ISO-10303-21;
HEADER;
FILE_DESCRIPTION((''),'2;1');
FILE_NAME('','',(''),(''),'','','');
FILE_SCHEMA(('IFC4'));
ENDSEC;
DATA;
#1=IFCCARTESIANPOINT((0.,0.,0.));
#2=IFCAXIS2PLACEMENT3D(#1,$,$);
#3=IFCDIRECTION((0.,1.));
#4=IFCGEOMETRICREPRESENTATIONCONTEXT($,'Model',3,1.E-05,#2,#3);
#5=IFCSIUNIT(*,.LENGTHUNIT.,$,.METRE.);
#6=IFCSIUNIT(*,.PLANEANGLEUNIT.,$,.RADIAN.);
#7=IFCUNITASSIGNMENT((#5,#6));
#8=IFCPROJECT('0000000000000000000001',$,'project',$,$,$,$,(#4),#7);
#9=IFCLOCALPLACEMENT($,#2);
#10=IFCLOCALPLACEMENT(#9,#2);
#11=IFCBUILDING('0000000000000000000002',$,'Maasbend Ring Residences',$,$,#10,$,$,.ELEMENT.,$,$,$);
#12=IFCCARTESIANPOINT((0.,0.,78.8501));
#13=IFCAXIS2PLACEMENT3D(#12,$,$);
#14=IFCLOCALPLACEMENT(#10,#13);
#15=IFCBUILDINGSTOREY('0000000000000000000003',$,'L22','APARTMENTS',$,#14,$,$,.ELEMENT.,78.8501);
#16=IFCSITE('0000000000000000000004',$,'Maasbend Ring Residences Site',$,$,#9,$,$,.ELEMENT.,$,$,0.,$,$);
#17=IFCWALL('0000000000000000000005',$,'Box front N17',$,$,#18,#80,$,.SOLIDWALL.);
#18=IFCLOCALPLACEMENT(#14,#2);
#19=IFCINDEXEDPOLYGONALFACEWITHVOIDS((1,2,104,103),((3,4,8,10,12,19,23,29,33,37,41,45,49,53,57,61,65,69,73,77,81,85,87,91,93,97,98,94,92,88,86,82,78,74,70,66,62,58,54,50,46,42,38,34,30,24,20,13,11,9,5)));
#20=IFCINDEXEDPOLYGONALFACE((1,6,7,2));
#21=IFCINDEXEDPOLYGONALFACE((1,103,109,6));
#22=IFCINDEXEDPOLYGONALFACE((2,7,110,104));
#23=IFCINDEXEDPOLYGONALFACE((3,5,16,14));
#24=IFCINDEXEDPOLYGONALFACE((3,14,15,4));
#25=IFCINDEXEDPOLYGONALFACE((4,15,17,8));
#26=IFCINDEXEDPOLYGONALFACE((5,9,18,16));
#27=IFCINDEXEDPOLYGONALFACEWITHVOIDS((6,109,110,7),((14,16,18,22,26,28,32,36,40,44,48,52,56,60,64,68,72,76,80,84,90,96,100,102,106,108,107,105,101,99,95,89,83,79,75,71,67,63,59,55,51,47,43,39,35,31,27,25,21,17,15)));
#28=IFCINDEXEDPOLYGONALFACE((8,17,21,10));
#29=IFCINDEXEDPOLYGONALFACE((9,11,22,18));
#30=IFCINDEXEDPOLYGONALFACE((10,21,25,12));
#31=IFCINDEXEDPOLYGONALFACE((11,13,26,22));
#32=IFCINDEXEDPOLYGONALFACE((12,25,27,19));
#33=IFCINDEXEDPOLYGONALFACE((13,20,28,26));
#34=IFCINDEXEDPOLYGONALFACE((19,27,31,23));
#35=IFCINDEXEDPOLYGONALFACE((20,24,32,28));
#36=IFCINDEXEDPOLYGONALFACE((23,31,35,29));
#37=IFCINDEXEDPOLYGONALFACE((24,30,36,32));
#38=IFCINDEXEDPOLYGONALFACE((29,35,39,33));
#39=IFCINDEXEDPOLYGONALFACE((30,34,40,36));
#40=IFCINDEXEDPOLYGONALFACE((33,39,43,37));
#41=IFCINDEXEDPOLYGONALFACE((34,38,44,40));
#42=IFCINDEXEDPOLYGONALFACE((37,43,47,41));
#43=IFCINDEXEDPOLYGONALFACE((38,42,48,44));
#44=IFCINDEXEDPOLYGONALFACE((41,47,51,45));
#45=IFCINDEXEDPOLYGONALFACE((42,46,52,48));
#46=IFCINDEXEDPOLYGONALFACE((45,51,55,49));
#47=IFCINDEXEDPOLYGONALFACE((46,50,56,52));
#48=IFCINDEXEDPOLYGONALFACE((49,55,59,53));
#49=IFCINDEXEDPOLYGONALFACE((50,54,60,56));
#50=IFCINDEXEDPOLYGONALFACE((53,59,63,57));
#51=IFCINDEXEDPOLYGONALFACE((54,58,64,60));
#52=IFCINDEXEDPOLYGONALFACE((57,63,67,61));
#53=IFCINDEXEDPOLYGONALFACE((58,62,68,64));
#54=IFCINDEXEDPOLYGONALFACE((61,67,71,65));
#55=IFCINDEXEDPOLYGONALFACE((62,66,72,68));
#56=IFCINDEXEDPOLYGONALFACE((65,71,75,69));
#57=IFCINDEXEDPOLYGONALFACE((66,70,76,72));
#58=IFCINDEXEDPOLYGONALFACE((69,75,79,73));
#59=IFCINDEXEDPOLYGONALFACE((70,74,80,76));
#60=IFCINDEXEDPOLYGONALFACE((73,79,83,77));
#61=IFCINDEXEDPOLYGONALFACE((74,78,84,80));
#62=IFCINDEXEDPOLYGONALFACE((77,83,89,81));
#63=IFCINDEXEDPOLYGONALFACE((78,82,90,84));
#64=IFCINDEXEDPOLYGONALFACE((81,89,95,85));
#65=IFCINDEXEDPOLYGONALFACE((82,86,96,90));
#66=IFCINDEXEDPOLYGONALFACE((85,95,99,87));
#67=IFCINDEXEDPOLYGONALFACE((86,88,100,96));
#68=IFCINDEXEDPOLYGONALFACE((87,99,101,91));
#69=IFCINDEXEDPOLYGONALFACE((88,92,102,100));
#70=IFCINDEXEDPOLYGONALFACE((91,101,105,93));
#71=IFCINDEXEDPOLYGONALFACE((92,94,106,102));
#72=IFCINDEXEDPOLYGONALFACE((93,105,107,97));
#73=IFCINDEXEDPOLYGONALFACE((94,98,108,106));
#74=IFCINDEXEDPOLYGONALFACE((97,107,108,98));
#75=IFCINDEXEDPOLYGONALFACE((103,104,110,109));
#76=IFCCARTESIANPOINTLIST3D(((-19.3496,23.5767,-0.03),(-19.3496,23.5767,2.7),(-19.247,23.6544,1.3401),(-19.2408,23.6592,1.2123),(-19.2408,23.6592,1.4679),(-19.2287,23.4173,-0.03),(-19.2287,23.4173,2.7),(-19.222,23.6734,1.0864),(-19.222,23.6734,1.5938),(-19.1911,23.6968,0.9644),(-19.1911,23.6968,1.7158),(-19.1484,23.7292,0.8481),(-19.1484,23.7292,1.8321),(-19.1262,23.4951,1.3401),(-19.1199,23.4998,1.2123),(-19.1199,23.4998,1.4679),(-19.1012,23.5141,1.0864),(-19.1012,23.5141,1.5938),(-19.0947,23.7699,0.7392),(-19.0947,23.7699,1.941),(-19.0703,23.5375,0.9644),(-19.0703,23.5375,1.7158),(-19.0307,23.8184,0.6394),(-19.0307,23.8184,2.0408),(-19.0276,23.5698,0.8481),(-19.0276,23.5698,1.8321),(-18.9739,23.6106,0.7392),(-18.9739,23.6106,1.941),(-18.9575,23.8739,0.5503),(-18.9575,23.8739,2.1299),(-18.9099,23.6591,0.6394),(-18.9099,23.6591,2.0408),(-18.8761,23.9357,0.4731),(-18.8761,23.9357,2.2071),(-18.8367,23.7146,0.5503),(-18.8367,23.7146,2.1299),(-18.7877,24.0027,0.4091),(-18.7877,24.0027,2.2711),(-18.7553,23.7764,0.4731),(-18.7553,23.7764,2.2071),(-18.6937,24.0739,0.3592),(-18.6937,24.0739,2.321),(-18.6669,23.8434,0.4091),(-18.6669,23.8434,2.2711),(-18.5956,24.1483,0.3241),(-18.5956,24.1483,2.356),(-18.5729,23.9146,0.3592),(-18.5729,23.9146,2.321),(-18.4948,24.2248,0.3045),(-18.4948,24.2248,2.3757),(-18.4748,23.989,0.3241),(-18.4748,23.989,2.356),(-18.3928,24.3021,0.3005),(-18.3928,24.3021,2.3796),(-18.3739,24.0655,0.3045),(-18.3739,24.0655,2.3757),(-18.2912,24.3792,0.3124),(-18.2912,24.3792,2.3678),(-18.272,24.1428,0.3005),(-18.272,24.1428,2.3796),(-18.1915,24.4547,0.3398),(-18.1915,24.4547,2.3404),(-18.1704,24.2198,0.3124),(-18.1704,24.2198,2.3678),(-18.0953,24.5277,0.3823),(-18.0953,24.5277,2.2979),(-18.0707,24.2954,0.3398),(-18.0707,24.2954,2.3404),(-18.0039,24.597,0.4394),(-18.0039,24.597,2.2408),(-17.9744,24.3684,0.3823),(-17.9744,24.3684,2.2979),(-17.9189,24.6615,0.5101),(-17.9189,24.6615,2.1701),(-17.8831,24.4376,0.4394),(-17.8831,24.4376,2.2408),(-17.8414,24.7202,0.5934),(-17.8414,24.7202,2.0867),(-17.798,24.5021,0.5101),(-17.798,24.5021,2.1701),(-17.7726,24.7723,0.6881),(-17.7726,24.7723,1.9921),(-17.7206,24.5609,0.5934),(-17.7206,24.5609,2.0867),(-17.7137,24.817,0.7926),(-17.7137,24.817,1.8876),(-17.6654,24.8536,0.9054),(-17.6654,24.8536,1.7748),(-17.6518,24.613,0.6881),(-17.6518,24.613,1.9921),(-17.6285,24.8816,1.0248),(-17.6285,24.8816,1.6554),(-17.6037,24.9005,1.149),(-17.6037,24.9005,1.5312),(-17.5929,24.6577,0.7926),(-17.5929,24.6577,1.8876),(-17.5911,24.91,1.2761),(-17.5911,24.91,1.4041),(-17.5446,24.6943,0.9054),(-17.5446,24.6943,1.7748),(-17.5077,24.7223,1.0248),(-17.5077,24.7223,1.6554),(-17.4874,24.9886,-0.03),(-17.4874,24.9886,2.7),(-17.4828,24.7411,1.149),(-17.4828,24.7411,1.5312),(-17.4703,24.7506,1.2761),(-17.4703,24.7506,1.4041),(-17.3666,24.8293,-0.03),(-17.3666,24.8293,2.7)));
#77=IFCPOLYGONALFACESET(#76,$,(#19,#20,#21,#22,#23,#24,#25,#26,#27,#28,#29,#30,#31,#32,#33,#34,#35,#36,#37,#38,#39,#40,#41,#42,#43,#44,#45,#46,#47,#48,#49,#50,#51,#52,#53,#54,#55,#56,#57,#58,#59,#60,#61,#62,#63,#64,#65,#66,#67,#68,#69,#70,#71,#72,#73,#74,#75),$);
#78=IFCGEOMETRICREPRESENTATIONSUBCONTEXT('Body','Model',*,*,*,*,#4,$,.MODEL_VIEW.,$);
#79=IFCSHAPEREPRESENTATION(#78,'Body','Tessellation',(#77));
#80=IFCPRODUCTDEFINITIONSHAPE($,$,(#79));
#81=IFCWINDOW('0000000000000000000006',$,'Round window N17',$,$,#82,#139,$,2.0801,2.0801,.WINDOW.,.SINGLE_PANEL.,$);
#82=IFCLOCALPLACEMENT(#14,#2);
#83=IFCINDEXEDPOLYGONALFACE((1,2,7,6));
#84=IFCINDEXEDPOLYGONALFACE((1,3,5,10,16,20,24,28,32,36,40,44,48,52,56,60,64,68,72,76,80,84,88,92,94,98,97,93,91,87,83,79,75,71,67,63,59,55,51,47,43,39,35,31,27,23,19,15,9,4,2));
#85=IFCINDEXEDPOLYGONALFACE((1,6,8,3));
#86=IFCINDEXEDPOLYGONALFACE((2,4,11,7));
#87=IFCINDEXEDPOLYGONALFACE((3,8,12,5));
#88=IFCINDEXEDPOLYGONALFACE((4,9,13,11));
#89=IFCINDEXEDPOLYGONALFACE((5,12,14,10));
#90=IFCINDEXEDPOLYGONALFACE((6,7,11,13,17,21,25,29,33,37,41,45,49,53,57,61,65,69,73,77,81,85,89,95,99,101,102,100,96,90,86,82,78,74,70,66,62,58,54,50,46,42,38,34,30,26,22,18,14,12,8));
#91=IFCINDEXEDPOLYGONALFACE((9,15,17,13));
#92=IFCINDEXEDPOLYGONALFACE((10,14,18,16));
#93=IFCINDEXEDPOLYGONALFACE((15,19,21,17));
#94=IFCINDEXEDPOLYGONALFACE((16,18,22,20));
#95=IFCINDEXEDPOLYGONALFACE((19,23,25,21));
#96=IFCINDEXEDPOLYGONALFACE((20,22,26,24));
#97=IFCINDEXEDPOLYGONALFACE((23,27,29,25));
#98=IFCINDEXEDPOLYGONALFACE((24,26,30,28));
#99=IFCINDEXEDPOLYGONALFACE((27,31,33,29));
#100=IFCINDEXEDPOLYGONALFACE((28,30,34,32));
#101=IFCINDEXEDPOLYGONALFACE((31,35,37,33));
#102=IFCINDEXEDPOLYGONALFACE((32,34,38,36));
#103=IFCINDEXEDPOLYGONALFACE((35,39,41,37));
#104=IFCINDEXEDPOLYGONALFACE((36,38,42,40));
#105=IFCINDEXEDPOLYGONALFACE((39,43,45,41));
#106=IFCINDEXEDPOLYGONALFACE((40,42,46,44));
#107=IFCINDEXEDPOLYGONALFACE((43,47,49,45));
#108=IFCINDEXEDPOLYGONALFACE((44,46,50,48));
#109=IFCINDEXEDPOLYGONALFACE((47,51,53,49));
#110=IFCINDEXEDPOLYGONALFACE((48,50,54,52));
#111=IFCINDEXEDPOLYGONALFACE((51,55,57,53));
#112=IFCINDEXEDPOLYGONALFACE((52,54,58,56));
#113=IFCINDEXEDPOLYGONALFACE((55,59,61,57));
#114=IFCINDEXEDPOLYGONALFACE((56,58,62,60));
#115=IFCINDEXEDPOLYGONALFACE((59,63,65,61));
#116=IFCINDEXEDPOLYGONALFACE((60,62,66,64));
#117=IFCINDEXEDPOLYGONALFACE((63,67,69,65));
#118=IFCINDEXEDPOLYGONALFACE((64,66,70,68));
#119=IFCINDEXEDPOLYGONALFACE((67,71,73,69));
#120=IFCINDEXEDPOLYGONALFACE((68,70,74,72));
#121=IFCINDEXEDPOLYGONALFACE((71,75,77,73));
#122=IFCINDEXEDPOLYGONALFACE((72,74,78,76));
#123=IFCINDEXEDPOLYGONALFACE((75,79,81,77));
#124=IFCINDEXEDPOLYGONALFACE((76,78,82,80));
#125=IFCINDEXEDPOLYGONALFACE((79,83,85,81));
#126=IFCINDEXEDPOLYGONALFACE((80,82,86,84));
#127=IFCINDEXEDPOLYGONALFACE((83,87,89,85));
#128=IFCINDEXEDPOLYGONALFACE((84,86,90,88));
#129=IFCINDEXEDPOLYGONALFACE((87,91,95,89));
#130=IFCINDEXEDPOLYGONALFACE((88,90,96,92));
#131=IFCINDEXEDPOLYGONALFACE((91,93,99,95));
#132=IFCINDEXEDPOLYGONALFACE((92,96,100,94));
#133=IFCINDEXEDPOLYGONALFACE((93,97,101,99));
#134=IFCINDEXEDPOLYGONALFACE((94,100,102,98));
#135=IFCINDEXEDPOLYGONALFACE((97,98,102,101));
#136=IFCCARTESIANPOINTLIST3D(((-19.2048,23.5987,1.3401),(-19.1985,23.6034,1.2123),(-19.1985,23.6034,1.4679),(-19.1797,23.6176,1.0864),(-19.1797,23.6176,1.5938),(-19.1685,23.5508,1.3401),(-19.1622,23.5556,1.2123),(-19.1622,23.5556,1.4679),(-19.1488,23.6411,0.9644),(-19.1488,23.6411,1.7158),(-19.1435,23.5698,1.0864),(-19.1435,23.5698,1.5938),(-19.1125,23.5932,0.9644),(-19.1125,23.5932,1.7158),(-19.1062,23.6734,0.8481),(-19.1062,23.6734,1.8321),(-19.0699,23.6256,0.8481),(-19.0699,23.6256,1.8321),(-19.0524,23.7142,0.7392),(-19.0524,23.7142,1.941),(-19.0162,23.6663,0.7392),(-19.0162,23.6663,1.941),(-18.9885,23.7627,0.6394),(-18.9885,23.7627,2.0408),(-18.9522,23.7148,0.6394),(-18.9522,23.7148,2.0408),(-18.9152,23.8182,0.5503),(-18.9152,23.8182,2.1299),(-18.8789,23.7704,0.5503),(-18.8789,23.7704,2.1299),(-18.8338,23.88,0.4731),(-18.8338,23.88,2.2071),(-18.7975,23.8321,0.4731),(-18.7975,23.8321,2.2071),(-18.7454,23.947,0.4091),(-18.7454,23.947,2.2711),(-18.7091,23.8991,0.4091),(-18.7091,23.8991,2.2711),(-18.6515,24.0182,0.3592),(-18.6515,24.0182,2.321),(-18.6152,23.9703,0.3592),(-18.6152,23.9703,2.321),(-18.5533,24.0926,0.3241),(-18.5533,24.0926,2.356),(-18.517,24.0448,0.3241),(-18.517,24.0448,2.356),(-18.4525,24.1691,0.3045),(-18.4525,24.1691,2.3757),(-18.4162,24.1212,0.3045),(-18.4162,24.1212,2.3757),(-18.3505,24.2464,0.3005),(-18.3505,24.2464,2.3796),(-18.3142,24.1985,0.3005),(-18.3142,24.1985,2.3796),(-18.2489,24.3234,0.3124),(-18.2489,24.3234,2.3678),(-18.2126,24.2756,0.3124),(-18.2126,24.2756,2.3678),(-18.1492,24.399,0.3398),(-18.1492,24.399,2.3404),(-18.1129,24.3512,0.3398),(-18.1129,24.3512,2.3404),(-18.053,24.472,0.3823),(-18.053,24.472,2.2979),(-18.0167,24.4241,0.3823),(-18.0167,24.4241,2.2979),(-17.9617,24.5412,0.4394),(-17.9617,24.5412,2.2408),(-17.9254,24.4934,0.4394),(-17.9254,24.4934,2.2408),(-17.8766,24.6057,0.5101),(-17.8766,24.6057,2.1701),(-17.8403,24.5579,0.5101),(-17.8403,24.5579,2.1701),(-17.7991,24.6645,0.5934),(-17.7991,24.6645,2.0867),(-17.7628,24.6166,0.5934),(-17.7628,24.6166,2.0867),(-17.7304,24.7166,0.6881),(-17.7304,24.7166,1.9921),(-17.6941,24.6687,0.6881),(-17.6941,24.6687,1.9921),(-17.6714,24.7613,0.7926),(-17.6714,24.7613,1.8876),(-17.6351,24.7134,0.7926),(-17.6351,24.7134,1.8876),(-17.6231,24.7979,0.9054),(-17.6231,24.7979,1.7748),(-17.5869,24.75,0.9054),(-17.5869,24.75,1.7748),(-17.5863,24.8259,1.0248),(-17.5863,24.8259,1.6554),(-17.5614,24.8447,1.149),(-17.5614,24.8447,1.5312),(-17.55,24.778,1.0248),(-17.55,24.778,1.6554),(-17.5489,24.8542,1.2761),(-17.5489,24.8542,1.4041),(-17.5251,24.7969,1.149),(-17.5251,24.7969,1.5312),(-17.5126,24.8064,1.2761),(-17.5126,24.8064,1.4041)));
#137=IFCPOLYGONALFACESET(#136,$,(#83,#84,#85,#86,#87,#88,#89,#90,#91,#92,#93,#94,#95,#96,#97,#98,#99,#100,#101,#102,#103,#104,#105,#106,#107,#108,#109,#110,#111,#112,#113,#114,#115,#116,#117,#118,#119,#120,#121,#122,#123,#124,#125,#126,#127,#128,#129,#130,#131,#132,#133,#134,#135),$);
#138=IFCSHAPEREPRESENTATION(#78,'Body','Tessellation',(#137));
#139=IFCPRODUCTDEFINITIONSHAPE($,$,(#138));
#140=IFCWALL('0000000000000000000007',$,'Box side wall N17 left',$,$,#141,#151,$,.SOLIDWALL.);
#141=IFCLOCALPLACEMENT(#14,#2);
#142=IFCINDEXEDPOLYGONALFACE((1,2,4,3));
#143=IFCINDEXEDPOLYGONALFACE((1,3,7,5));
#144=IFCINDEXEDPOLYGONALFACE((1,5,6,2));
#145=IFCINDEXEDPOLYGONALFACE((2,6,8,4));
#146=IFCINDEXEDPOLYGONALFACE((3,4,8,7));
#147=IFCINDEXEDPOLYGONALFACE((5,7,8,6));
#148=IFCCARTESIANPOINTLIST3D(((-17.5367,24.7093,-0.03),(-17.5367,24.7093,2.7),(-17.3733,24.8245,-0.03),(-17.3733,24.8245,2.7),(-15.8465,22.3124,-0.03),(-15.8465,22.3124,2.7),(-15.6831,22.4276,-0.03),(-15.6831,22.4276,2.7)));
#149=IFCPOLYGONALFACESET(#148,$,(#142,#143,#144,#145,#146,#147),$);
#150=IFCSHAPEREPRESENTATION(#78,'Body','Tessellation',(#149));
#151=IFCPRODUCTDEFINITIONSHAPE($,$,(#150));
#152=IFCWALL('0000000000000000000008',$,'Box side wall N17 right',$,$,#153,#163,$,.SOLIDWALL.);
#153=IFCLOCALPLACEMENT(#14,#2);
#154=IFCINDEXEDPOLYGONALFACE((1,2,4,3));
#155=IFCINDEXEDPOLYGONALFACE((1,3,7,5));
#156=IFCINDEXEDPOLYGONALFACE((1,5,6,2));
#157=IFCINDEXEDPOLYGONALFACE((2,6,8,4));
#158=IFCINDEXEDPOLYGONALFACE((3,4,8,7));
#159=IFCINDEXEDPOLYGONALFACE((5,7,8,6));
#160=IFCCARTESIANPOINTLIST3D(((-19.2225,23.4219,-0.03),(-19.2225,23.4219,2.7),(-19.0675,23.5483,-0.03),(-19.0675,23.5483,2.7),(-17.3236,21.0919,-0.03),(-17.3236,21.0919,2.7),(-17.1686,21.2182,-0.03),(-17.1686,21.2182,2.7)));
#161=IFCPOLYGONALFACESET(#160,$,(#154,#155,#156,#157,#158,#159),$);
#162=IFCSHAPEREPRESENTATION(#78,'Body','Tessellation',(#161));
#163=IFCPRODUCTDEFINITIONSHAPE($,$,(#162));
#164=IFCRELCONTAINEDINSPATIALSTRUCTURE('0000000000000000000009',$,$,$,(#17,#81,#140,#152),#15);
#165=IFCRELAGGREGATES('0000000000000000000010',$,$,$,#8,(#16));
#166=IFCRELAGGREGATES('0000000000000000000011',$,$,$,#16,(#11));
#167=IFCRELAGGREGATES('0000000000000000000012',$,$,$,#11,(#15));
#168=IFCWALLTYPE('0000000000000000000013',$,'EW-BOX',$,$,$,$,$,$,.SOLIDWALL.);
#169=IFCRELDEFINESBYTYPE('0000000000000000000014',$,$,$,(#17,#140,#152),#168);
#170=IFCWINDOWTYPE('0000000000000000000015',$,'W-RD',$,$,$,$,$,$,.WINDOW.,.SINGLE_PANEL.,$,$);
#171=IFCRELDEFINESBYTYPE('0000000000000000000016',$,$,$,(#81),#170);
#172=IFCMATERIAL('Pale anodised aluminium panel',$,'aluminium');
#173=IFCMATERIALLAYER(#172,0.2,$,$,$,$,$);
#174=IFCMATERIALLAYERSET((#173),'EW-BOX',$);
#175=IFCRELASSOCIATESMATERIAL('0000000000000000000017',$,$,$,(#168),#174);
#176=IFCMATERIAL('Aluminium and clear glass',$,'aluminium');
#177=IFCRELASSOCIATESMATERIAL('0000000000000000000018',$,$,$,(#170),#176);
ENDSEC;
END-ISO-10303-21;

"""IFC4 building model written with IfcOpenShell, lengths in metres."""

from ifc_helpers import new_model, si_unit, direction, frame, frame_2d, origin, place, context, subcontext, project, spatial, rectangle, circle, extrude, material, layer, layer_set, type_object, element, fill, save


model = new_model("IFC4")

# Units and contexts
model_context = context("Model", 3, precision=1e-05, world=origin(), true_north=direction((0.0, 1.0)))
body_context = subcontext(model_context, "Body", "Model", "MODEL_VIEW")
ifc_project = project(units=[si_unit("LENGTHUNIT", "METRE"), si_unit("PLANEANGLEUNIT", "RADIAN")], contexts=[model_context])

# Site, building, storey
site_placement = place(None, origin())
site = spatial("IfcSite", under=ifc_project, at=site_placement, Name="Maasbend Ring Residences Site", CompositionType="ELEMENT", RefElevation=0.0)
building_placement = place(site_placement, origin())
building = spatial("IfcBuilding", under=site, at=building_placement, Name="Maasbend Ring Residences", CompositionType="ELEMENT")
storey_placement = place(building_placement, frame((0.0, 0.0, 78.8501)))
storey = spatial("IfcBuildingStorey", under=building, at=storey_placement, Name="L22", Description="APARTMENTS", CompositionType="ELEMENT", Elevation=78.8501)

# Shared definitions
ifc_material_1 = material(Name="Pale anodised aluminium panel", Category="aluminium")
ifc_layer_1 = layer(ifc_material_1, 0.2)
ifc_layer_set_1 = layer_set([ifc_layer_1], Name="EW-BOX")
wall_type_1 = type_object("IfcWallType", Name="EW-BOX", PredefinedType="SOLIDWALL", material=ifc_layer_set_1)
ifc_material_2 = material(Name="Aluminium and clear glass", Category="aluminium")
window_type_1 = type_object("IfcWindowType", Name="W-RD", PartitioningType="SINGLE_PANEL", PredefinedType="WINDOW", material=ifc_material_2)

# Wall, opening, window
wall_1_placement = place(storey_placement, frame((-17.427, 24.9089, -0.03), z_axis=(0.0, 0.0, 1.0), x_axis=(-0.796842, -0.604188, 0.0)))
wall_1 = element("IfcWall", 1, at=wall_1_placement, inside=storey, type_object=wall_type_1, Name="Box front N17", PredefinedType="SOLIDWALL", context=body_context, shape_type="SweptSolid", body=[
    extrude(rectangle(XDim=2.3369, YDim=0.2, at=frame_2d((1.1685, 0.0))), origin(), (0.0, 0.0, 1.0), 2.73),
])
opening_1_placement = place(wall_1_placement, frame((0.1282, 0.0, 0.3301)))
opening_1 = element("IfcOpeningElement", 2, at=opening_1_placement, cuts=wall_1, PredefinedType="OPENING", context=body_context, shape_type="SweptSolid", body=[
    extrude(circle(Radius=1.04, at=frame_2d((1.04, 1.04))), frame((0.0, 0.1099, 0.0), z_axis=(0.0, -1.0, 0.0), x_axis=(1.0, 0.0, 0.0)), (0.0, 0.0, 1.0), 0.22),
])
window_1_placement = place(opening_1_placement, origin())
window_1 = element("IfcWindow", 3, at=window_1_placement, inside=storey, type_object=window_type_1, Name="Round window N17", OverallHeight=2.0801, OverallWidth=2.0801, PartitioningType="SINGLE_PANEL", PredefinedType="WINDOW", context=body_context, shape_type="SweptSolid", body=[
    extrude(circle(Radius=1.04, at=frame_2d((1.04, 1.04))), frame((0.0, 0.03, 0.0), z_axis=(0.0, -1.0, 0.0), x_axis=(1.0, 0.0, 0.0)), (0.0, 0.0, 1.0), 0.0601),
])
fill(opening_1, window_1)

# Walls
wall_2_placement = place(storey_placement, frame((-15.7649, 22.3701, -0.03), z_axis=(0.0, 0.0, 1.0), x_axis=(-0.576275, 0.817256, 0.0)))
element("IfcWall", 4, at=wall_2_placement, inside=storey, type_object=wall_type_1, Name="Box side wall N17 left", PredefinedType="SOLIDWALL", context=body_context, shape_type="SweptSolid", body=[
    extrude(rectangle(XDim=2.9329, YDim=0.2, at=frame_2d((1.4663, 0.0))), origin(), (0.0, 0.0, 1.0), 2.73),
])
wall_3_placement = place(storey_placement, frame((-17.2461, 21.155, -0.03), z_axis=(0.0, 0.0, 1.0), x_axis=(-0.631742, 0.775179, 0.0)))
element("IfcWall", 5, at=wall_3_placement, inside=storey, type_object=wall_type_1, Name="Box side wall N17 right", PredefinedType="SOLIDWALL", context=body_context, shape_type="SweptSolid", body=[
    extrude(rectangle(XDim=3.0059, YDim=0.2, at=frame_2d((1.5029, 0.0))), origin(), (0.0, 0.0, 1.0), 2.73),
])

save(model, "model.ifc")
